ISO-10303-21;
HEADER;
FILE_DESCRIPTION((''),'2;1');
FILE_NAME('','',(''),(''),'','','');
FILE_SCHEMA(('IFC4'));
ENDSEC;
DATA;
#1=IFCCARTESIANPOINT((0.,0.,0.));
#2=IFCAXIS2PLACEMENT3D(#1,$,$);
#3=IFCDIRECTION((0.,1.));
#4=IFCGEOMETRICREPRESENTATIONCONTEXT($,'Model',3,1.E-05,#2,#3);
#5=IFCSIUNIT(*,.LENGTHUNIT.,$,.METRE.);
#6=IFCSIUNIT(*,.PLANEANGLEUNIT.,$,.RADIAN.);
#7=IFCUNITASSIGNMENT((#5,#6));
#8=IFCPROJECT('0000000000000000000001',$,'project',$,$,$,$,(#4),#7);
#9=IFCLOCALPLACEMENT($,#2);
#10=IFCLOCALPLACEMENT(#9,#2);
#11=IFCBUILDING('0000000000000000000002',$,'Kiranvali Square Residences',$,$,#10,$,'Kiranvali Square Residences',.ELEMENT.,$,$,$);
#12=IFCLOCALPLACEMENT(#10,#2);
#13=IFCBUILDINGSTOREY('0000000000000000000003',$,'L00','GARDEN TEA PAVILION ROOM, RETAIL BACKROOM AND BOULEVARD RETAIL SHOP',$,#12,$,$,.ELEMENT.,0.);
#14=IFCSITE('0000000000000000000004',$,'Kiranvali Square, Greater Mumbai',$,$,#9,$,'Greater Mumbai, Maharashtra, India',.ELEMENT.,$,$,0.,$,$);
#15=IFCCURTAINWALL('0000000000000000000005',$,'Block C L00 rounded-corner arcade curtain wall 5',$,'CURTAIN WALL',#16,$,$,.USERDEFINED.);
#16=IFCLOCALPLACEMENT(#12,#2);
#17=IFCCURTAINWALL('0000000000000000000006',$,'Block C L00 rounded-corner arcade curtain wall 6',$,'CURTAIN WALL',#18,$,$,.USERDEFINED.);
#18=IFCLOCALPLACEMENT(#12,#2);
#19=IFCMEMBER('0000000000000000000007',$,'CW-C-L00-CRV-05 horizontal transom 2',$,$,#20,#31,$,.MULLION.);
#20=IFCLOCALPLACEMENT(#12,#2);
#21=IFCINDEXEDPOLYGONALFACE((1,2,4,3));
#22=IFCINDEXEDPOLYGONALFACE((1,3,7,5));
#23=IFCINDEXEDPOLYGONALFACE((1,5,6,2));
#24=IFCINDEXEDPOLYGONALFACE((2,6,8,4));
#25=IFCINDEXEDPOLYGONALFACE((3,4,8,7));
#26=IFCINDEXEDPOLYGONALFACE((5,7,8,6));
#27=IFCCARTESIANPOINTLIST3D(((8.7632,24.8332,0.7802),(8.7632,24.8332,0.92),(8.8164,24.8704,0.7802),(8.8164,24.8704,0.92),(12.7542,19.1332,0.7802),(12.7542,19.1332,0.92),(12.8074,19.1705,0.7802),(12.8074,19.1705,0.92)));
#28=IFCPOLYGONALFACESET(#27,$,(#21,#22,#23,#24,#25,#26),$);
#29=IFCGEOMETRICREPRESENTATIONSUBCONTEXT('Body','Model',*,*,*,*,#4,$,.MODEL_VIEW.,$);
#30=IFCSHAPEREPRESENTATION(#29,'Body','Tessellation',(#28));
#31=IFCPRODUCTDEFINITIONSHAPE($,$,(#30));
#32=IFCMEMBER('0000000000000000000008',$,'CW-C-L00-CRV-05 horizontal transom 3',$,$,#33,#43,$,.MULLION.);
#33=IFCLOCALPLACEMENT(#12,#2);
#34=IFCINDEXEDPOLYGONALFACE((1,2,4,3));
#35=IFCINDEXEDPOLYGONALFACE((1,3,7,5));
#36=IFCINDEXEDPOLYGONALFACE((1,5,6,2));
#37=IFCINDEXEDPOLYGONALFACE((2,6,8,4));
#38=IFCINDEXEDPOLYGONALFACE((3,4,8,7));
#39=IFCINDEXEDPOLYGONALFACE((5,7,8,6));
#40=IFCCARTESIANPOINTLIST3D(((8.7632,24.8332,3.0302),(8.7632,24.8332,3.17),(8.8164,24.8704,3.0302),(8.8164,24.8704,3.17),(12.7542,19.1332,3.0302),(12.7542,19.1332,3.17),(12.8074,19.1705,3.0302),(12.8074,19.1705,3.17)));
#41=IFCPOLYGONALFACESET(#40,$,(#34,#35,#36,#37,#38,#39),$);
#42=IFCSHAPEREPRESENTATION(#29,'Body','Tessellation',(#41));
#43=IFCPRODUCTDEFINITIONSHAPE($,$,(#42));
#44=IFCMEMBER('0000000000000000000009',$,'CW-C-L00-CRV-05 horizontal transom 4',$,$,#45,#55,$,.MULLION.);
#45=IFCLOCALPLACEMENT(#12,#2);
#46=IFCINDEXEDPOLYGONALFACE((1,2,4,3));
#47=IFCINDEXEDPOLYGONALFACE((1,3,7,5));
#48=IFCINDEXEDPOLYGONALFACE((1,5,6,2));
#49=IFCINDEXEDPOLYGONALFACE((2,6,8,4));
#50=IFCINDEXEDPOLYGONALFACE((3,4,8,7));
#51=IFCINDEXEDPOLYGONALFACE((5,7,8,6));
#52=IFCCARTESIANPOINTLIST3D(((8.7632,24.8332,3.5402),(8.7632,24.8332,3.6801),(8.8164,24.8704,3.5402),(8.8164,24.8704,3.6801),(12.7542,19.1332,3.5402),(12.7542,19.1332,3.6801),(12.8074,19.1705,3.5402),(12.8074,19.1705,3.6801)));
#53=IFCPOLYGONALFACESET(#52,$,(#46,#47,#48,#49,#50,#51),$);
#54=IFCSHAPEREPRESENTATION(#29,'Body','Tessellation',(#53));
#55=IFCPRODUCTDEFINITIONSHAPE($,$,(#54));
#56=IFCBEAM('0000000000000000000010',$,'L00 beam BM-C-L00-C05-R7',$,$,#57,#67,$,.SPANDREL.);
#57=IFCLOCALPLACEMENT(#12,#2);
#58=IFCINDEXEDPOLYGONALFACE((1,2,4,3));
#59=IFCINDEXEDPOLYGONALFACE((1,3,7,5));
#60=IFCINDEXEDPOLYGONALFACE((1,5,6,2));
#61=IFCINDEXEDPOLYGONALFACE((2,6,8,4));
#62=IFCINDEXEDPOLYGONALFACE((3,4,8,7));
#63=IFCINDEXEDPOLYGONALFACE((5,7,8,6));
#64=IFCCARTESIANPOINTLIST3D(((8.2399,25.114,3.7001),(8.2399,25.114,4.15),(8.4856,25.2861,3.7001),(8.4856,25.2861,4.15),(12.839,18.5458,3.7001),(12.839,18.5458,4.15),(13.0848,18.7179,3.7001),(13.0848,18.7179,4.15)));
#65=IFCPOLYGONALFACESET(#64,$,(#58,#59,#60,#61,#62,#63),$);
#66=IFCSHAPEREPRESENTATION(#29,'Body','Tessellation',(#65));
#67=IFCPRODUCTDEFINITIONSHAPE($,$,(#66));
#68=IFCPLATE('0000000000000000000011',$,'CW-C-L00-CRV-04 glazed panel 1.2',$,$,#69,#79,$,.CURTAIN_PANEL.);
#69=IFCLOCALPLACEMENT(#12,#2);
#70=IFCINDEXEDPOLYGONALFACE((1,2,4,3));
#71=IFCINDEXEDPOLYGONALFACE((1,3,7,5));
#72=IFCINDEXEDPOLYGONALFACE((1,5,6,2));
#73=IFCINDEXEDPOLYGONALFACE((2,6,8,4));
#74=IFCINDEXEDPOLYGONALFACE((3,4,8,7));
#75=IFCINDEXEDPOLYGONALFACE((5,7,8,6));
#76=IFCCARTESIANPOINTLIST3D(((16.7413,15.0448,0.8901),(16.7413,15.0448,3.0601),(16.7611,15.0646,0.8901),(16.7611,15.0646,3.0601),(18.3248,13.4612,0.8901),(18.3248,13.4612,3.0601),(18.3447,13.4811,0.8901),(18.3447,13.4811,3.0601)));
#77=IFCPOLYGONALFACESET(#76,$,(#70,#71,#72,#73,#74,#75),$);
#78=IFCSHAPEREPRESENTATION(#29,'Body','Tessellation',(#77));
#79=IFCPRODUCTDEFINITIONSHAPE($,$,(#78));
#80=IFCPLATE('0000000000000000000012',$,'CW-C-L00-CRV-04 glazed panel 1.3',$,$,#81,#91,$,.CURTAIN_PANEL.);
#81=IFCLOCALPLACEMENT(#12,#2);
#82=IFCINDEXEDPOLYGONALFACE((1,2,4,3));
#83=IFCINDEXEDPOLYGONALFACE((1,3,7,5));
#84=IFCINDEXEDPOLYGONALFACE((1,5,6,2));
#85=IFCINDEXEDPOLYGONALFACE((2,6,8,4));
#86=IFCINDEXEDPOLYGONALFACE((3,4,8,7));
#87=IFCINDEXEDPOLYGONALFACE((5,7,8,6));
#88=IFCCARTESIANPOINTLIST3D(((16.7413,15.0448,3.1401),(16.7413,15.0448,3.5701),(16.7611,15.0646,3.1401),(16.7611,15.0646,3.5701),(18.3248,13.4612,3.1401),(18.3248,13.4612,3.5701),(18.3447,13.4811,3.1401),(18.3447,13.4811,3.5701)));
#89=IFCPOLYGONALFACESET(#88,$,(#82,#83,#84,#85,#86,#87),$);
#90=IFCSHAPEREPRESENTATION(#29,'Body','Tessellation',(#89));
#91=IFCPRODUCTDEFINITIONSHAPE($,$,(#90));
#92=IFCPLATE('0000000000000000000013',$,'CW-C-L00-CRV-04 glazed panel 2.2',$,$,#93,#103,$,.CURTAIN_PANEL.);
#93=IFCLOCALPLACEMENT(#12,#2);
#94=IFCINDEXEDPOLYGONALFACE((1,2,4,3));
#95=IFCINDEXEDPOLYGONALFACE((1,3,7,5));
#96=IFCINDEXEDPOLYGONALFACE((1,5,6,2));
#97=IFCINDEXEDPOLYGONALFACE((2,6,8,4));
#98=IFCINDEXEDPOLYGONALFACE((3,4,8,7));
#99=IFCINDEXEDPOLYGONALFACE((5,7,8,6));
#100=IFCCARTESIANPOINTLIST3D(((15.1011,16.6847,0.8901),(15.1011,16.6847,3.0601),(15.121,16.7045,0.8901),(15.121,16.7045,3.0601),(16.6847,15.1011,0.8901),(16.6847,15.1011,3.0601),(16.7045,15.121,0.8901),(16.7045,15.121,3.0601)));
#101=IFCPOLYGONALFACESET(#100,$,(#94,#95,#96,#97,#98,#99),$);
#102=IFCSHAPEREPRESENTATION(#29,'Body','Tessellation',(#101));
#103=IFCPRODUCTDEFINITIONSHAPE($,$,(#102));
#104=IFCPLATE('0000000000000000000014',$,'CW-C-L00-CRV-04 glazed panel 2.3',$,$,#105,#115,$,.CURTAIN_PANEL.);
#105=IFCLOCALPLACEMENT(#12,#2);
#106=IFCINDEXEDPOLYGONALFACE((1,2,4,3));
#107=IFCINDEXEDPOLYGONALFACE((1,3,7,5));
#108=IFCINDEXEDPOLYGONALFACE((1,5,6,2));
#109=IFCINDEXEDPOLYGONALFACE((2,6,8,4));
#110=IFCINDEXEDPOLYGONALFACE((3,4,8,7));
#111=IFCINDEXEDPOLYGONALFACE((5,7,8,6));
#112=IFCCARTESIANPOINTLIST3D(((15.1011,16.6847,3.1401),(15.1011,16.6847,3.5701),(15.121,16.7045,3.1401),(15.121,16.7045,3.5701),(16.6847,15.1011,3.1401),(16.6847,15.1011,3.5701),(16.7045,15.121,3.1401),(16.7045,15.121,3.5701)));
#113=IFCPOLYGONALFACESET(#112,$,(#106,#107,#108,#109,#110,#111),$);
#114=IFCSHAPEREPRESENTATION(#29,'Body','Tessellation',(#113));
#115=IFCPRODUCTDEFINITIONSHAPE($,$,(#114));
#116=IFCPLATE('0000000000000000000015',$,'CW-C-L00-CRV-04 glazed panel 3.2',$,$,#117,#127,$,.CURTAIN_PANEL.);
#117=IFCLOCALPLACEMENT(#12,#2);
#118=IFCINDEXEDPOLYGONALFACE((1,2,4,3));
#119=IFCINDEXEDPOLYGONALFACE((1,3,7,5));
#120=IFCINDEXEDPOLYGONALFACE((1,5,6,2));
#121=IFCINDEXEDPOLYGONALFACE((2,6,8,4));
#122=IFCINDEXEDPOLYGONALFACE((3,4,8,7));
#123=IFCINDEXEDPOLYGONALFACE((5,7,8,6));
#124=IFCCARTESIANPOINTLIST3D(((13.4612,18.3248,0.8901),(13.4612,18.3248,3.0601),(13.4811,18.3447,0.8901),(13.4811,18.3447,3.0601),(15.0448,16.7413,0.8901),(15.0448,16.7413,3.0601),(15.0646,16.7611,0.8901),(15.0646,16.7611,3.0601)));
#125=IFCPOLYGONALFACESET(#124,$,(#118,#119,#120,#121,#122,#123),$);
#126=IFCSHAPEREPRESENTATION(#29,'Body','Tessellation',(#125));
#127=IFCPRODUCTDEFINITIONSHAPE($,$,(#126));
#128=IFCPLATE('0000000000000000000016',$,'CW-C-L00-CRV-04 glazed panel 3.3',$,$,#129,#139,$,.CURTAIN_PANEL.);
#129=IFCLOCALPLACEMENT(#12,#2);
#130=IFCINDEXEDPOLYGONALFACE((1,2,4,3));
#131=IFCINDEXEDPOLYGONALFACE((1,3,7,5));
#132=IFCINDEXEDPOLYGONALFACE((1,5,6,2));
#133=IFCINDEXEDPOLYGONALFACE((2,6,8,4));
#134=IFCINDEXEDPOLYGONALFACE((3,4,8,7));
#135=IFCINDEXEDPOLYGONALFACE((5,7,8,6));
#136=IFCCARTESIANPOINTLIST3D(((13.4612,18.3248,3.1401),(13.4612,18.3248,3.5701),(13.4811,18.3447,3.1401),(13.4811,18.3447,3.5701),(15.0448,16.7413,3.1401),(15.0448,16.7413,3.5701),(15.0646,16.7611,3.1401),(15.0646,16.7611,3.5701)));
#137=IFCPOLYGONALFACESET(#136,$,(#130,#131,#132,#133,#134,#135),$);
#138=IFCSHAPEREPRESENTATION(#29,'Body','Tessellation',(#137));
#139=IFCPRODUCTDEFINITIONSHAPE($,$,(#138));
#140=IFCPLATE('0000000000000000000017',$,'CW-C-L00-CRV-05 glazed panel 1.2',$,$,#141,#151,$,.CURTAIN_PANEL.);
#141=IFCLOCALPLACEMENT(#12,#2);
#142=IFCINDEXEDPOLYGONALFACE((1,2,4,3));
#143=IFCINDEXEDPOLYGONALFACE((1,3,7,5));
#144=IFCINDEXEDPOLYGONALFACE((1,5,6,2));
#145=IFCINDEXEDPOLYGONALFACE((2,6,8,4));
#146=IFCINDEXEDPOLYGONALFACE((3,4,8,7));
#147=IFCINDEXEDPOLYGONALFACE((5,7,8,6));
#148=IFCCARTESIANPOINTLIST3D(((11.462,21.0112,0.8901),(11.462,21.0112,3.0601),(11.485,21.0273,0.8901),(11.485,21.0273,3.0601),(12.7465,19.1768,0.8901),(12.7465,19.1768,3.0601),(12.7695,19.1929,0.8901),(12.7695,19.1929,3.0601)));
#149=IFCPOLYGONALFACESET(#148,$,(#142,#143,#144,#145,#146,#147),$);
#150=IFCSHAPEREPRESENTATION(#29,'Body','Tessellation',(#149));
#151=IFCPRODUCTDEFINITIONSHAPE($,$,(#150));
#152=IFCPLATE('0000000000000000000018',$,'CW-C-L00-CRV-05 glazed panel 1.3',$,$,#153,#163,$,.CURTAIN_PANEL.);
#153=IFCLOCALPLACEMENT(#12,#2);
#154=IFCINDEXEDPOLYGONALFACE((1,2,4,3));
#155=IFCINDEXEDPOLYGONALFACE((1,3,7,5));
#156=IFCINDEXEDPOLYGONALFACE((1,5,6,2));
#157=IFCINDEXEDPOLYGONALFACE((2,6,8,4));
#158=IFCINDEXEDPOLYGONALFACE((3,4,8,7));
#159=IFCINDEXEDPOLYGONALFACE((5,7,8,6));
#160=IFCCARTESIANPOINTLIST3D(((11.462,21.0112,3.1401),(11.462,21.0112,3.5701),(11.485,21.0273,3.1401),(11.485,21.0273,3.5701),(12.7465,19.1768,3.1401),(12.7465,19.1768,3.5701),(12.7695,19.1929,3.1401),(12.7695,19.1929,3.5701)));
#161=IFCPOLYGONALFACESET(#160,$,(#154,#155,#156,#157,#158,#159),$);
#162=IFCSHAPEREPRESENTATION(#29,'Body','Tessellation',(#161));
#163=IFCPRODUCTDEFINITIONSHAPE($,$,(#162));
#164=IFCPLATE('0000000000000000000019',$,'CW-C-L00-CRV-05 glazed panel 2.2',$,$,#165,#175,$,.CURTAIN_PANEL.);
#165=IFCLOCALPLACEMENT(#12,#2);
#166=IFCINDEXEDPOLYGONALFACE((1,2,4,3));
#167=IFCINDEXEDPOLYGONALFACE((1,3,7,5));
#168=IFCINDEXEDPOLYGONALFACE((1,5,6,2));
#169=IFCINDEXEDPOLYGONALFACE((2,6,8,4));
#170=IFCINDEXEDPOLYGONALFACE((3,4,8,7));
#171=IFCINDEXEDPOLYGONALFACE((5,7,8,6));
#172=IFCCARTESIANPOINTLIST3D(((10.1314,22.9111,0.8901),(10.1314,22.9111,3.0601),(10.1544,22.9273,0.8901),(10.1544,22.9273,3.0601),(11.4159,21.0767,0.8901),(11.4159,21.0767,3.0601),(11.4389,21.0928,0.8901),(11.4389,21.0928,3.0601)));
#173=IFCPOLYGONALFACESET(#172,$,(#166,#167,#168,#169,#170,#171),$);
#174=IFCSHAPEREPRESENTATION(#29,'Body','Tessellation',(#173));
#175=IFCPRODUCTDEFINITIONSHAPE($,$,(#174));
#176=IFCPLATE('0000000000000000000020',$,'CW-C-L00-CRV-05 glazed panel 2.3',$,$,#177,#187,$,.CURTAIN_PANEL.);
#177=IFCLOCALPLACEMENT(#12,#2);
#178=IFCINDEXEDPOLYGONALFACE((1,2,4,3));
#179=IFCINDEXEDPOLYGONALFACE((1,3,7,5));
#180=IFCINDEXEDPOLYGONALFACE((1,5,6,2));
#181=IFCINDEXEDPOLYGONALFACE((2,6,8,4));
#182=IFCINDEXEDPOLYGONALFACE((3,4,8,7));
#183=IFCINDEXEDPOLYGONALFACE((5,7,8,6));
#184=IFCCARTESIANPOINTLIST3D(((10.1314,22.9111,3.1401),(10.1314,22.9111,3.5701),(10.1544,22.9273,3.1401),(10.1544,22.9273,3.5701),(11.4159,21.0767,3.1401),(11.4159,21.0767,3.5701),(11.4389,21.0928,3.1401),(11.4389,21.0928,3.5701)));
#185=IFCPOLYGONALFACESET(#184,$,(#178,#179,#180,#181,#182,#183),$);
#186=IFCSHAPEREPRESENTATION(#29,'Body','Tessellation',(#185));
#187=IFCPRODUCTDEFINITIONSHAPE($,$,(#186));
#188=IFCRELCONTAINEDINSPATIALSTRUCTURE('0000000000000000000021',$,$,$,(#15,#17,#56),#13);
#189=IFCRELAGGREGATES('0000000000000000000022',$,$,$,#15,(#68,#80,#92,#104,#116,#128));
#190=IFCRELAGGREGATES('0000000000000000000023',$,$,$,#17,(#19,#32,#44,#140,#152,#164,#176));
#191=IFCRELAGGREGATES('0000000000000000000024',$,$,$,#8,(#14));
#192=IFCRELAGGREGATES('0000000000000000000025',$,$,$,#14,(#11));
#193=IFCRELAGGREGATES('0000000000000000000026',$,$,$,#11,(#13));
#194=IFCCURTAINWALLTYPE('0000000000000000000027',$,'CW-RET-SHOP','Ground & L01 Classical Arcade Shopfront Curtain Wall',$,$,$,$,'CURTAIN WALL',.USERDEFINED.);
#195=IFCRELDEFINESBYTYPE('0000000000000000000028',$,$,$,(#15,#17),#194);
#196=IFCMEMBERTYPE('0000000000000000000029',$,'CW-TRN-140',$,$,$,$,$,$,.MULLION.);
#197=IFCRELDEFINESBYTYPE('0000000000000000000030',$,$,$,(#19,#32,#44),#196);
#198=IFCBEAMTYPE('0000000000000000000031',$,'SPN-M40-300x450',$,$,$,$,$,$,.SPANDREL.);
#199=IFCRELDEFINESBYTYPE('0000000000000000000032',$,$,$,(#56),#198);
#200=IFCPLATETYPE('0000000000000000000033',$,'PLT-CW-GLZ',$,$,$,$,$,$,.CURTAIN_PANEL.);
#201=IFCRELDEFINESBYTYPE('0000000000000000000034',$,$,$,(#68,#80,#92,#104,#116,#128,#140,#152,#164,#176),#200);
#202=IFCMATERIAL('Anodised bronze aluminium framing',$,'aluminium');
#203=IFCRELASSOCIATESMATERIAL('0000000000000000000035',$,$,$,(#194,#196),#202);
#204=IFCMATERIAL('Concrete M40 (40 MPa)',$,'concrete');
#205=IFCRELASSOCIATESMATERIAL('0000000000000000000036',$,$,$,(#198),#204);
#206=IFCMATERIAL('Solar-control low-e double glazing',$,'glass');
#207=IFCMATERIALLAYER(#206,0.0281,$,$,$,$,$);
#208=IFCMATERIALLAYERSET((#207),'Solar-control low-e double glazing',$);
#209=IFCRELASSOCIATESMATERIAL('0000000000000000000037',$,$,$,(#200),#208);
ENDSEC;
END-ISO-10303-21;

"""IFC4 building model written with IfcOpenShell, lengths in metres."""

from ifc_helpers import new_model, si_unit, direction, frame, origin, origin_2d, place, context, subcontext, project, spatial, rectangle, extrude, material, layer, layer_set, material_profile, profile_set, type_object, element, aggregate, save


model = new_model("IFC4")

# Units and contexts
model_context = context("Model", 3, precision=1e-05, world=origin(), true_north=direction((0.0, 1.0)))
body_context = subcontext(model_context, "Body", "Model", "MODEL_VIEW")
ifc_project = project(units=[si_unit("LENGTHUNIT", "METRE"), si_unit("PLANEANGLEUNIT", "RADIAN")], contexts=[model_context])

# Site, building, storey
site_placement = place(None, origin())
site = spatial("IfcSite", under=ifc_project, at=site_placement, Name="Kiranvali Square, Greater Mumbai", LongName="Greater Mumbai, Maharashtra, India", CompositionType="ELEMENT", RefElevation=0.0)
building_placement = place(site_placement, origin())
building = spatial("IfcBuilding", under=site, at=building_placement, Name="Kiranvali Square Residences", LongName="Kiranvali Square Residences", CompositionType="ELEMENT")
storey_placement = place(building_placement, origin())
storey = spatial("IfcBuildingStorey", under=building, at=storey_placement, Name="L00", Description="GARDEN TEA PAVILION ROOM, RETAIL BACKROOM AND BOULEVARD RETAIL SHOP", CompositionType="ELEMENT", Elevation=0.0)

# Curtain walls
ifc_material_1 = material(Name="Anodised bronze aluminium framing", Category="aluminium")
curtain_wall_type = type_object("IfcCurtainWallType", Name="CW-RET-SHOP", Description="Ground & L01 Classical Arcade Shopfront Curtain Wall", ElementType="CURTAIN WALL", PredefinedType="USERDEFINED", material=ifc_material_1)
curtain_wall_1_placement = place(storey_placement, origin())
curtain_wall_1 = element("IfcCurtainWall", 1, at=curtain_wall_1_placement, inside=storey, type_object=curtain_wall_type, Name="Block C L00 rounded-corner arcade curtain wall 5", ObjectType="CURTAIN WALL", PredefinedType="USERDEFINED")
curtain_wall_2_placement = place(storey_placement, origin())
curtain_wall_2 = element("IfcCurtainWall", 2, at=curtain_wall_2_placement, inside=storey, type_object=curtain_wall_type, Name="Block C L00 rounded-corner arcade curtain wall 6", ObjectType="CURTAIN WALL", PredefinedType="USERDEFINED")

# Members
ifc_material_profile_1 = material_profile(ifc_material_1, rectangle(XDim=0.0649, YDim=0.1399, at=origin_2d()), Name="ALU 65x140")
ifc_profile_set_1 = profile_set([ifc_material_profile_1], Name="Anodised bronze aluminium framing")
member_type_1 = type_object("IfcMemberType", Name="CW-TRN-140", PredefinedType="MULLION", material=ifc_profile_set_1)
member_1_placement = place(storey_placement, frame((12.7808, 19.1519, 0.8501), z_axis=(-0.573559, 0.819164, 0.0), x_axis=(-0.819164, -0.573559, 0.0)))
member_1 = element("IfcMember", 3, at=member_1_placement, type_object=member_type_1, Name="CW-C-L00-CRV-05 horizontal transom 2", PredefinedType="MULLION", context=body_context, shape_type="SweptSolid", body=[
    extrude(rectangle(XDim=0.0649, YDim=0.1399, at=origin_2d()), origin(), (0.0, 0.0, 1.0), 6.9583),
])
member_2_placement = place(storey_placement, frame((12.7808, 19.1519, 3.1001), z_axis=(-0.573559, 0.819164, 0.0), x_axis=(-0.819164, -0.573559, 0.0)))
member_2 = element("IfcMember", 4, at=member_2_placement, type_object=member_type_1, Name="CW-C-L00-CRV-05 horizontal transom 3", PredefinedType="MULLION", context=body_context, shape_type="SweptSolid", body=[
    extrude(rectangle(XDim=0.0649, YDim=0.1399, at=origin_2d()), origin(), (0.0, 0.0, 1.0), 6.9583),
])
member_3_placement = place(storey_placement, frame((12.7808, 19.1519, 3.6101), z_axis=(-0.573559, 0.819164, 0.0), x_axis=(-0.819164, -0.573559, 0.0)))
member_3 = element("IfcMember", 5, at=member_3_placement, type_object=member_type_1, Name="CW-C-L00-CRV-05 horizontal transom 4", PredefinedType="MULLION", context=body_context, shape_type="SweptSolid", body=[
    extrude(rectangle(XDim=0.0649, YDim=0.1399, at=origin_2d()), origin(), (0.0, 0.0, 1.0), 6.9583),
])

# Beam
ifc_material_2 = material(Name="Concrete M40 (40 MPa)", Category="concrete")
ifc_material_profile_2 = material_profile(ifc_material_2, rectangle(XDim=0.3, YDim=0.45, at=origin_2d()), Name="RC 300x450")
ifc_profile_set_2 = profile_set([ifc_material_profile_2], Name="Concrete M40 (40 MPa)")
beam_type_1 = type_object("IfcBeamType", Name="SPN-M40-300x450", PredefinedType="SPANDREL", material=ifc_profile_set_2)
beam_1_placement = place(storey_placement, frame((12.9619, 18.6318, 3.925), z_axis=(-0.573583, 0.819148, 0.0), x_axis=(-0.819148, -0.573583, 0.0)))
element("IfcBeam", 6, at=beam_1_placement, inside=storey, type_object=beam_type_1, Name="L00 beam BM-C-L00-C05-R7", PredefinedType="SPANDREL", context=body_context, shape_type="SweptSolid", body=[
    extrude(rectangle(XDim=0.3, YDim=0.45, at=origin_2d()), origin(), (0.0, 0.0, 1.0), 8.0183),
])

# Plates
ifc_material_3 = material(Name="Solar-control low-e double glazing", Category="glass")
ifc_layer_1 = layer(ifc_material_3, 0.0281)
ifc_layer_set_1 = layer_set([ifc_layer_1], Name="Solar-control low-e double glazing")
plate_type_1 = type_object("IfcPlateType", Name="PLT-CW-GLZ", PredefinedType="CURTAIN_PANEL", material=ifc_layer_set_1)
plate_1_placement = place(storey_placement, frame((17.543, 14.2629, 0.8901), z_axis=(0.0, 0.0, 1.0), x_axis=(-0.707107, 0.707107, 0.0)))
plate_1 = element("IfcPlate", 7, at=plate_1_placement, type_object=plate_type_1, Name="CW-C-L00-CRV-04 glazed panel 1.2", PredefinedType="CURTAIN_PANEL", context=body_context, shape_type="SweptSolid", body=[
    extrude(rectangle(XDim=2.2395, YDim=0.0281, at=origin_2d()), origin(), (0.0, 0.0, 1.0), 2.1699),
])
plate_2_placement = place(storey_placement, frame((17.543, 14.2629, 3.1401), z_axis=(0.0, 0.0, 1.0), x_axis=(-0.707107, 0.707107, 0.0)))
plate_2 = element("IfcPlate", 8, at=plate_2_placement, type_object=plate_type_1, Name="CW-C-L00-CRV-04 glazed panel 1.3", PredefinedType="CURTAIN_PANEL", context=body_context, shape_type="SweptSolid", body=[
    extrude(rectangle(XDim=2.2395, YDim=0.0281, at=origin_2d()), origin(), (0.0, 0.0, 1.0), 0.4299),
])
plate_3_placement = place(storey_placement, frame((15.9028, 15.9028, 0.8901), z_axis=(0.0, 0.0, 1.0), x_axis=(-0.707107, 0.707107, 0.0)))
plate_3 = element("IfcPlate", 9, at=plate_3_placement, type_object=plate_type_1, Name="CW-C-L00-CRV-04 glazed panel 2.2", PredefinedType="CURTAIN_PANEL", context=body_context, shape_type="SweptSolid", body=[
    extrude(rectangle(XDim=2.2395, YDim=0.0281, at=origin_2d()), origin(), (0.0, 0.0, 1.0), 2.1699),
])
plate_4_placement = place(storey_placement, frame((15.9028, 15.9028, 3.1401), z_axis=(0.0, 0.0, 1.0), x_axis=(-0.707107, 0.707107, 0.0)))
plate_4 = element("IfcPlate", 10, at=plate_4_placement, type_object=plate_type_1, Name="CW-C-L00-CRV-04 glazed panel 2.3", PredefinedType="CURTAIN_PANEL", context=body_context, shape_type="SweptSolid", body=[
    extrude(rectangle(XDim=2.2395, YDim=0.0281, at=origin_2d()), origin(), (0.0, 0.0, 1.0), 0.4299),
])
plate_5_placement = place(storey_placement, frame((14.2629, 17.543, 0.8901), z_axis=(0.0, 0.0, 1.0), x_axis=(-0.707107, 0.707107, 0.0)))
plate_5 = element("IfcPlate", 11, at=plate_5_placement, type_object=plate_type_1, Name="CW-C-L00-CRV-04 glazed panel 3.2", PredefinedType="CURTAIN_PANEL", context=body_context, shape_type="SweptSolid", body=[
    extrude(rectangle(XDim=2.2395, YDim=0.0281, at=origin_2d()), origin(), (0.0, 0.0, 1.0), 2.1699),
])
plate_6_placement = place(storey_placement, frame((14.2629, 17.543, 3.1401), z_axis=(0.0, 0.0, 1.0), x_axis=(-0.707107, 0.707107, 0.0)))
plate_6 = element("IfcPlate", 12, at=plate_6_placement, type_object=plate_type_1, Name="CW-C-L00-CRV-04 glazed panel 3.3", PredefinedType="CURTAIN_PANEL", context=body_context, shape_type="SweptSolid", body=[
    extrude(rectangle(XDim=2.2395, YDim=0.0281, at=origin_2d()), origin(), (0.0, 0.0, 1.0), 0.4299),
])
plate_7_placement = place(storey_placement, frame((12.1157, 20.1021, 0.8901), z_axis=(0.0, 0.0, 1.0), x_axis=(-0.573576, 0.819152, 0.0)))
plate_7 = element("IfcPlate", 13, at=plate_7_placement, type_object=plate_type_1, Name="CW-C-L00-CRV-05 glazed panel 1.2", PredefinedType="CURTAIN_PANEL", context=body_context, shape_type="SweptSolid", body=[
    extrude(rectangle(XDim=2.2395, YDim=0.0281, at=origin_2d()), origin(), (0.0, 0.0, 1.0), 2.1699),
])
plate_8_placement = place(storey_placement, frame((12.1157, 20.1021, 3.1401), z_axis=(0.0, 0.0, 1.0), x_axis=(-0.573576, 0.819152, 0.0)))
plate_8 = element("IfcPlate", 14, at=plate_8_placement, type_object=plate_type_1, Name="CW-C-L00-CRV-05 glazed panel 1.3", PredefinedType="CURTAIN_PANEL", context=body_context, shape_type="SweptSolid", body=[
    extrude(rectangle(XDim=2.2395, YDim=0.0281, at=origin_2d()), origin(), (0.0, 0.0, 1.0), 0.4299),
])
plate_9_placement = place(storey_placement, frame((10.7852, 22.002, 0.8901), z_axis=(0.0, 0.0, 1.0), x_axis=(-0.573576, 0.819152, 0.0)))
plate_9 = element("IfcPlate", 15, at=plate_9_placement, type_object=plate_type_1, Name="CW-C-L00-CRV-05 glazed panel 2.2", PredefinedType="CURTAIN_PANEL", context=body_context, shape_type="SweptSolid", body=[
    extrude(rectangle(XDim=2.2395, YDim=0.0281, at=origin_2d()), origin(), (0.0, 0.0, 1.0), 2.1699),
])
plate_10_placement = place(storey_placement, frame((10.7852, 22.002, 3.1401), z_axis=(0.0, 0.0, 1.0), x_axis=(-0.573576, 0.819152, 0.0)))
plate_10 = element("IfcPlate", 16, at=plate_10_placement, type_object=plate_type_1, Name="CW-C-L00-CRV-05 glazed panel 2.3", PredefinedType="CURTAIN_PANEL", context=body_context, shape_type="SweptSolid", body=[
    extrude(rectangle(XDim=2.2395, YDim=0.0281, at=origin_2d()), origin(), (0.0, 0.0, 1.0), 0.4299),
])
aggregate(curtain_wall_1, [plate_1, plate_2, plate_3, plate_4, plate_5, plate_6])
aggregate(curtain_wall_2, [member_1, member_2, member_3, plate_7, plate_8, plate_9, plate_10])

save(model, "model.ifc")
